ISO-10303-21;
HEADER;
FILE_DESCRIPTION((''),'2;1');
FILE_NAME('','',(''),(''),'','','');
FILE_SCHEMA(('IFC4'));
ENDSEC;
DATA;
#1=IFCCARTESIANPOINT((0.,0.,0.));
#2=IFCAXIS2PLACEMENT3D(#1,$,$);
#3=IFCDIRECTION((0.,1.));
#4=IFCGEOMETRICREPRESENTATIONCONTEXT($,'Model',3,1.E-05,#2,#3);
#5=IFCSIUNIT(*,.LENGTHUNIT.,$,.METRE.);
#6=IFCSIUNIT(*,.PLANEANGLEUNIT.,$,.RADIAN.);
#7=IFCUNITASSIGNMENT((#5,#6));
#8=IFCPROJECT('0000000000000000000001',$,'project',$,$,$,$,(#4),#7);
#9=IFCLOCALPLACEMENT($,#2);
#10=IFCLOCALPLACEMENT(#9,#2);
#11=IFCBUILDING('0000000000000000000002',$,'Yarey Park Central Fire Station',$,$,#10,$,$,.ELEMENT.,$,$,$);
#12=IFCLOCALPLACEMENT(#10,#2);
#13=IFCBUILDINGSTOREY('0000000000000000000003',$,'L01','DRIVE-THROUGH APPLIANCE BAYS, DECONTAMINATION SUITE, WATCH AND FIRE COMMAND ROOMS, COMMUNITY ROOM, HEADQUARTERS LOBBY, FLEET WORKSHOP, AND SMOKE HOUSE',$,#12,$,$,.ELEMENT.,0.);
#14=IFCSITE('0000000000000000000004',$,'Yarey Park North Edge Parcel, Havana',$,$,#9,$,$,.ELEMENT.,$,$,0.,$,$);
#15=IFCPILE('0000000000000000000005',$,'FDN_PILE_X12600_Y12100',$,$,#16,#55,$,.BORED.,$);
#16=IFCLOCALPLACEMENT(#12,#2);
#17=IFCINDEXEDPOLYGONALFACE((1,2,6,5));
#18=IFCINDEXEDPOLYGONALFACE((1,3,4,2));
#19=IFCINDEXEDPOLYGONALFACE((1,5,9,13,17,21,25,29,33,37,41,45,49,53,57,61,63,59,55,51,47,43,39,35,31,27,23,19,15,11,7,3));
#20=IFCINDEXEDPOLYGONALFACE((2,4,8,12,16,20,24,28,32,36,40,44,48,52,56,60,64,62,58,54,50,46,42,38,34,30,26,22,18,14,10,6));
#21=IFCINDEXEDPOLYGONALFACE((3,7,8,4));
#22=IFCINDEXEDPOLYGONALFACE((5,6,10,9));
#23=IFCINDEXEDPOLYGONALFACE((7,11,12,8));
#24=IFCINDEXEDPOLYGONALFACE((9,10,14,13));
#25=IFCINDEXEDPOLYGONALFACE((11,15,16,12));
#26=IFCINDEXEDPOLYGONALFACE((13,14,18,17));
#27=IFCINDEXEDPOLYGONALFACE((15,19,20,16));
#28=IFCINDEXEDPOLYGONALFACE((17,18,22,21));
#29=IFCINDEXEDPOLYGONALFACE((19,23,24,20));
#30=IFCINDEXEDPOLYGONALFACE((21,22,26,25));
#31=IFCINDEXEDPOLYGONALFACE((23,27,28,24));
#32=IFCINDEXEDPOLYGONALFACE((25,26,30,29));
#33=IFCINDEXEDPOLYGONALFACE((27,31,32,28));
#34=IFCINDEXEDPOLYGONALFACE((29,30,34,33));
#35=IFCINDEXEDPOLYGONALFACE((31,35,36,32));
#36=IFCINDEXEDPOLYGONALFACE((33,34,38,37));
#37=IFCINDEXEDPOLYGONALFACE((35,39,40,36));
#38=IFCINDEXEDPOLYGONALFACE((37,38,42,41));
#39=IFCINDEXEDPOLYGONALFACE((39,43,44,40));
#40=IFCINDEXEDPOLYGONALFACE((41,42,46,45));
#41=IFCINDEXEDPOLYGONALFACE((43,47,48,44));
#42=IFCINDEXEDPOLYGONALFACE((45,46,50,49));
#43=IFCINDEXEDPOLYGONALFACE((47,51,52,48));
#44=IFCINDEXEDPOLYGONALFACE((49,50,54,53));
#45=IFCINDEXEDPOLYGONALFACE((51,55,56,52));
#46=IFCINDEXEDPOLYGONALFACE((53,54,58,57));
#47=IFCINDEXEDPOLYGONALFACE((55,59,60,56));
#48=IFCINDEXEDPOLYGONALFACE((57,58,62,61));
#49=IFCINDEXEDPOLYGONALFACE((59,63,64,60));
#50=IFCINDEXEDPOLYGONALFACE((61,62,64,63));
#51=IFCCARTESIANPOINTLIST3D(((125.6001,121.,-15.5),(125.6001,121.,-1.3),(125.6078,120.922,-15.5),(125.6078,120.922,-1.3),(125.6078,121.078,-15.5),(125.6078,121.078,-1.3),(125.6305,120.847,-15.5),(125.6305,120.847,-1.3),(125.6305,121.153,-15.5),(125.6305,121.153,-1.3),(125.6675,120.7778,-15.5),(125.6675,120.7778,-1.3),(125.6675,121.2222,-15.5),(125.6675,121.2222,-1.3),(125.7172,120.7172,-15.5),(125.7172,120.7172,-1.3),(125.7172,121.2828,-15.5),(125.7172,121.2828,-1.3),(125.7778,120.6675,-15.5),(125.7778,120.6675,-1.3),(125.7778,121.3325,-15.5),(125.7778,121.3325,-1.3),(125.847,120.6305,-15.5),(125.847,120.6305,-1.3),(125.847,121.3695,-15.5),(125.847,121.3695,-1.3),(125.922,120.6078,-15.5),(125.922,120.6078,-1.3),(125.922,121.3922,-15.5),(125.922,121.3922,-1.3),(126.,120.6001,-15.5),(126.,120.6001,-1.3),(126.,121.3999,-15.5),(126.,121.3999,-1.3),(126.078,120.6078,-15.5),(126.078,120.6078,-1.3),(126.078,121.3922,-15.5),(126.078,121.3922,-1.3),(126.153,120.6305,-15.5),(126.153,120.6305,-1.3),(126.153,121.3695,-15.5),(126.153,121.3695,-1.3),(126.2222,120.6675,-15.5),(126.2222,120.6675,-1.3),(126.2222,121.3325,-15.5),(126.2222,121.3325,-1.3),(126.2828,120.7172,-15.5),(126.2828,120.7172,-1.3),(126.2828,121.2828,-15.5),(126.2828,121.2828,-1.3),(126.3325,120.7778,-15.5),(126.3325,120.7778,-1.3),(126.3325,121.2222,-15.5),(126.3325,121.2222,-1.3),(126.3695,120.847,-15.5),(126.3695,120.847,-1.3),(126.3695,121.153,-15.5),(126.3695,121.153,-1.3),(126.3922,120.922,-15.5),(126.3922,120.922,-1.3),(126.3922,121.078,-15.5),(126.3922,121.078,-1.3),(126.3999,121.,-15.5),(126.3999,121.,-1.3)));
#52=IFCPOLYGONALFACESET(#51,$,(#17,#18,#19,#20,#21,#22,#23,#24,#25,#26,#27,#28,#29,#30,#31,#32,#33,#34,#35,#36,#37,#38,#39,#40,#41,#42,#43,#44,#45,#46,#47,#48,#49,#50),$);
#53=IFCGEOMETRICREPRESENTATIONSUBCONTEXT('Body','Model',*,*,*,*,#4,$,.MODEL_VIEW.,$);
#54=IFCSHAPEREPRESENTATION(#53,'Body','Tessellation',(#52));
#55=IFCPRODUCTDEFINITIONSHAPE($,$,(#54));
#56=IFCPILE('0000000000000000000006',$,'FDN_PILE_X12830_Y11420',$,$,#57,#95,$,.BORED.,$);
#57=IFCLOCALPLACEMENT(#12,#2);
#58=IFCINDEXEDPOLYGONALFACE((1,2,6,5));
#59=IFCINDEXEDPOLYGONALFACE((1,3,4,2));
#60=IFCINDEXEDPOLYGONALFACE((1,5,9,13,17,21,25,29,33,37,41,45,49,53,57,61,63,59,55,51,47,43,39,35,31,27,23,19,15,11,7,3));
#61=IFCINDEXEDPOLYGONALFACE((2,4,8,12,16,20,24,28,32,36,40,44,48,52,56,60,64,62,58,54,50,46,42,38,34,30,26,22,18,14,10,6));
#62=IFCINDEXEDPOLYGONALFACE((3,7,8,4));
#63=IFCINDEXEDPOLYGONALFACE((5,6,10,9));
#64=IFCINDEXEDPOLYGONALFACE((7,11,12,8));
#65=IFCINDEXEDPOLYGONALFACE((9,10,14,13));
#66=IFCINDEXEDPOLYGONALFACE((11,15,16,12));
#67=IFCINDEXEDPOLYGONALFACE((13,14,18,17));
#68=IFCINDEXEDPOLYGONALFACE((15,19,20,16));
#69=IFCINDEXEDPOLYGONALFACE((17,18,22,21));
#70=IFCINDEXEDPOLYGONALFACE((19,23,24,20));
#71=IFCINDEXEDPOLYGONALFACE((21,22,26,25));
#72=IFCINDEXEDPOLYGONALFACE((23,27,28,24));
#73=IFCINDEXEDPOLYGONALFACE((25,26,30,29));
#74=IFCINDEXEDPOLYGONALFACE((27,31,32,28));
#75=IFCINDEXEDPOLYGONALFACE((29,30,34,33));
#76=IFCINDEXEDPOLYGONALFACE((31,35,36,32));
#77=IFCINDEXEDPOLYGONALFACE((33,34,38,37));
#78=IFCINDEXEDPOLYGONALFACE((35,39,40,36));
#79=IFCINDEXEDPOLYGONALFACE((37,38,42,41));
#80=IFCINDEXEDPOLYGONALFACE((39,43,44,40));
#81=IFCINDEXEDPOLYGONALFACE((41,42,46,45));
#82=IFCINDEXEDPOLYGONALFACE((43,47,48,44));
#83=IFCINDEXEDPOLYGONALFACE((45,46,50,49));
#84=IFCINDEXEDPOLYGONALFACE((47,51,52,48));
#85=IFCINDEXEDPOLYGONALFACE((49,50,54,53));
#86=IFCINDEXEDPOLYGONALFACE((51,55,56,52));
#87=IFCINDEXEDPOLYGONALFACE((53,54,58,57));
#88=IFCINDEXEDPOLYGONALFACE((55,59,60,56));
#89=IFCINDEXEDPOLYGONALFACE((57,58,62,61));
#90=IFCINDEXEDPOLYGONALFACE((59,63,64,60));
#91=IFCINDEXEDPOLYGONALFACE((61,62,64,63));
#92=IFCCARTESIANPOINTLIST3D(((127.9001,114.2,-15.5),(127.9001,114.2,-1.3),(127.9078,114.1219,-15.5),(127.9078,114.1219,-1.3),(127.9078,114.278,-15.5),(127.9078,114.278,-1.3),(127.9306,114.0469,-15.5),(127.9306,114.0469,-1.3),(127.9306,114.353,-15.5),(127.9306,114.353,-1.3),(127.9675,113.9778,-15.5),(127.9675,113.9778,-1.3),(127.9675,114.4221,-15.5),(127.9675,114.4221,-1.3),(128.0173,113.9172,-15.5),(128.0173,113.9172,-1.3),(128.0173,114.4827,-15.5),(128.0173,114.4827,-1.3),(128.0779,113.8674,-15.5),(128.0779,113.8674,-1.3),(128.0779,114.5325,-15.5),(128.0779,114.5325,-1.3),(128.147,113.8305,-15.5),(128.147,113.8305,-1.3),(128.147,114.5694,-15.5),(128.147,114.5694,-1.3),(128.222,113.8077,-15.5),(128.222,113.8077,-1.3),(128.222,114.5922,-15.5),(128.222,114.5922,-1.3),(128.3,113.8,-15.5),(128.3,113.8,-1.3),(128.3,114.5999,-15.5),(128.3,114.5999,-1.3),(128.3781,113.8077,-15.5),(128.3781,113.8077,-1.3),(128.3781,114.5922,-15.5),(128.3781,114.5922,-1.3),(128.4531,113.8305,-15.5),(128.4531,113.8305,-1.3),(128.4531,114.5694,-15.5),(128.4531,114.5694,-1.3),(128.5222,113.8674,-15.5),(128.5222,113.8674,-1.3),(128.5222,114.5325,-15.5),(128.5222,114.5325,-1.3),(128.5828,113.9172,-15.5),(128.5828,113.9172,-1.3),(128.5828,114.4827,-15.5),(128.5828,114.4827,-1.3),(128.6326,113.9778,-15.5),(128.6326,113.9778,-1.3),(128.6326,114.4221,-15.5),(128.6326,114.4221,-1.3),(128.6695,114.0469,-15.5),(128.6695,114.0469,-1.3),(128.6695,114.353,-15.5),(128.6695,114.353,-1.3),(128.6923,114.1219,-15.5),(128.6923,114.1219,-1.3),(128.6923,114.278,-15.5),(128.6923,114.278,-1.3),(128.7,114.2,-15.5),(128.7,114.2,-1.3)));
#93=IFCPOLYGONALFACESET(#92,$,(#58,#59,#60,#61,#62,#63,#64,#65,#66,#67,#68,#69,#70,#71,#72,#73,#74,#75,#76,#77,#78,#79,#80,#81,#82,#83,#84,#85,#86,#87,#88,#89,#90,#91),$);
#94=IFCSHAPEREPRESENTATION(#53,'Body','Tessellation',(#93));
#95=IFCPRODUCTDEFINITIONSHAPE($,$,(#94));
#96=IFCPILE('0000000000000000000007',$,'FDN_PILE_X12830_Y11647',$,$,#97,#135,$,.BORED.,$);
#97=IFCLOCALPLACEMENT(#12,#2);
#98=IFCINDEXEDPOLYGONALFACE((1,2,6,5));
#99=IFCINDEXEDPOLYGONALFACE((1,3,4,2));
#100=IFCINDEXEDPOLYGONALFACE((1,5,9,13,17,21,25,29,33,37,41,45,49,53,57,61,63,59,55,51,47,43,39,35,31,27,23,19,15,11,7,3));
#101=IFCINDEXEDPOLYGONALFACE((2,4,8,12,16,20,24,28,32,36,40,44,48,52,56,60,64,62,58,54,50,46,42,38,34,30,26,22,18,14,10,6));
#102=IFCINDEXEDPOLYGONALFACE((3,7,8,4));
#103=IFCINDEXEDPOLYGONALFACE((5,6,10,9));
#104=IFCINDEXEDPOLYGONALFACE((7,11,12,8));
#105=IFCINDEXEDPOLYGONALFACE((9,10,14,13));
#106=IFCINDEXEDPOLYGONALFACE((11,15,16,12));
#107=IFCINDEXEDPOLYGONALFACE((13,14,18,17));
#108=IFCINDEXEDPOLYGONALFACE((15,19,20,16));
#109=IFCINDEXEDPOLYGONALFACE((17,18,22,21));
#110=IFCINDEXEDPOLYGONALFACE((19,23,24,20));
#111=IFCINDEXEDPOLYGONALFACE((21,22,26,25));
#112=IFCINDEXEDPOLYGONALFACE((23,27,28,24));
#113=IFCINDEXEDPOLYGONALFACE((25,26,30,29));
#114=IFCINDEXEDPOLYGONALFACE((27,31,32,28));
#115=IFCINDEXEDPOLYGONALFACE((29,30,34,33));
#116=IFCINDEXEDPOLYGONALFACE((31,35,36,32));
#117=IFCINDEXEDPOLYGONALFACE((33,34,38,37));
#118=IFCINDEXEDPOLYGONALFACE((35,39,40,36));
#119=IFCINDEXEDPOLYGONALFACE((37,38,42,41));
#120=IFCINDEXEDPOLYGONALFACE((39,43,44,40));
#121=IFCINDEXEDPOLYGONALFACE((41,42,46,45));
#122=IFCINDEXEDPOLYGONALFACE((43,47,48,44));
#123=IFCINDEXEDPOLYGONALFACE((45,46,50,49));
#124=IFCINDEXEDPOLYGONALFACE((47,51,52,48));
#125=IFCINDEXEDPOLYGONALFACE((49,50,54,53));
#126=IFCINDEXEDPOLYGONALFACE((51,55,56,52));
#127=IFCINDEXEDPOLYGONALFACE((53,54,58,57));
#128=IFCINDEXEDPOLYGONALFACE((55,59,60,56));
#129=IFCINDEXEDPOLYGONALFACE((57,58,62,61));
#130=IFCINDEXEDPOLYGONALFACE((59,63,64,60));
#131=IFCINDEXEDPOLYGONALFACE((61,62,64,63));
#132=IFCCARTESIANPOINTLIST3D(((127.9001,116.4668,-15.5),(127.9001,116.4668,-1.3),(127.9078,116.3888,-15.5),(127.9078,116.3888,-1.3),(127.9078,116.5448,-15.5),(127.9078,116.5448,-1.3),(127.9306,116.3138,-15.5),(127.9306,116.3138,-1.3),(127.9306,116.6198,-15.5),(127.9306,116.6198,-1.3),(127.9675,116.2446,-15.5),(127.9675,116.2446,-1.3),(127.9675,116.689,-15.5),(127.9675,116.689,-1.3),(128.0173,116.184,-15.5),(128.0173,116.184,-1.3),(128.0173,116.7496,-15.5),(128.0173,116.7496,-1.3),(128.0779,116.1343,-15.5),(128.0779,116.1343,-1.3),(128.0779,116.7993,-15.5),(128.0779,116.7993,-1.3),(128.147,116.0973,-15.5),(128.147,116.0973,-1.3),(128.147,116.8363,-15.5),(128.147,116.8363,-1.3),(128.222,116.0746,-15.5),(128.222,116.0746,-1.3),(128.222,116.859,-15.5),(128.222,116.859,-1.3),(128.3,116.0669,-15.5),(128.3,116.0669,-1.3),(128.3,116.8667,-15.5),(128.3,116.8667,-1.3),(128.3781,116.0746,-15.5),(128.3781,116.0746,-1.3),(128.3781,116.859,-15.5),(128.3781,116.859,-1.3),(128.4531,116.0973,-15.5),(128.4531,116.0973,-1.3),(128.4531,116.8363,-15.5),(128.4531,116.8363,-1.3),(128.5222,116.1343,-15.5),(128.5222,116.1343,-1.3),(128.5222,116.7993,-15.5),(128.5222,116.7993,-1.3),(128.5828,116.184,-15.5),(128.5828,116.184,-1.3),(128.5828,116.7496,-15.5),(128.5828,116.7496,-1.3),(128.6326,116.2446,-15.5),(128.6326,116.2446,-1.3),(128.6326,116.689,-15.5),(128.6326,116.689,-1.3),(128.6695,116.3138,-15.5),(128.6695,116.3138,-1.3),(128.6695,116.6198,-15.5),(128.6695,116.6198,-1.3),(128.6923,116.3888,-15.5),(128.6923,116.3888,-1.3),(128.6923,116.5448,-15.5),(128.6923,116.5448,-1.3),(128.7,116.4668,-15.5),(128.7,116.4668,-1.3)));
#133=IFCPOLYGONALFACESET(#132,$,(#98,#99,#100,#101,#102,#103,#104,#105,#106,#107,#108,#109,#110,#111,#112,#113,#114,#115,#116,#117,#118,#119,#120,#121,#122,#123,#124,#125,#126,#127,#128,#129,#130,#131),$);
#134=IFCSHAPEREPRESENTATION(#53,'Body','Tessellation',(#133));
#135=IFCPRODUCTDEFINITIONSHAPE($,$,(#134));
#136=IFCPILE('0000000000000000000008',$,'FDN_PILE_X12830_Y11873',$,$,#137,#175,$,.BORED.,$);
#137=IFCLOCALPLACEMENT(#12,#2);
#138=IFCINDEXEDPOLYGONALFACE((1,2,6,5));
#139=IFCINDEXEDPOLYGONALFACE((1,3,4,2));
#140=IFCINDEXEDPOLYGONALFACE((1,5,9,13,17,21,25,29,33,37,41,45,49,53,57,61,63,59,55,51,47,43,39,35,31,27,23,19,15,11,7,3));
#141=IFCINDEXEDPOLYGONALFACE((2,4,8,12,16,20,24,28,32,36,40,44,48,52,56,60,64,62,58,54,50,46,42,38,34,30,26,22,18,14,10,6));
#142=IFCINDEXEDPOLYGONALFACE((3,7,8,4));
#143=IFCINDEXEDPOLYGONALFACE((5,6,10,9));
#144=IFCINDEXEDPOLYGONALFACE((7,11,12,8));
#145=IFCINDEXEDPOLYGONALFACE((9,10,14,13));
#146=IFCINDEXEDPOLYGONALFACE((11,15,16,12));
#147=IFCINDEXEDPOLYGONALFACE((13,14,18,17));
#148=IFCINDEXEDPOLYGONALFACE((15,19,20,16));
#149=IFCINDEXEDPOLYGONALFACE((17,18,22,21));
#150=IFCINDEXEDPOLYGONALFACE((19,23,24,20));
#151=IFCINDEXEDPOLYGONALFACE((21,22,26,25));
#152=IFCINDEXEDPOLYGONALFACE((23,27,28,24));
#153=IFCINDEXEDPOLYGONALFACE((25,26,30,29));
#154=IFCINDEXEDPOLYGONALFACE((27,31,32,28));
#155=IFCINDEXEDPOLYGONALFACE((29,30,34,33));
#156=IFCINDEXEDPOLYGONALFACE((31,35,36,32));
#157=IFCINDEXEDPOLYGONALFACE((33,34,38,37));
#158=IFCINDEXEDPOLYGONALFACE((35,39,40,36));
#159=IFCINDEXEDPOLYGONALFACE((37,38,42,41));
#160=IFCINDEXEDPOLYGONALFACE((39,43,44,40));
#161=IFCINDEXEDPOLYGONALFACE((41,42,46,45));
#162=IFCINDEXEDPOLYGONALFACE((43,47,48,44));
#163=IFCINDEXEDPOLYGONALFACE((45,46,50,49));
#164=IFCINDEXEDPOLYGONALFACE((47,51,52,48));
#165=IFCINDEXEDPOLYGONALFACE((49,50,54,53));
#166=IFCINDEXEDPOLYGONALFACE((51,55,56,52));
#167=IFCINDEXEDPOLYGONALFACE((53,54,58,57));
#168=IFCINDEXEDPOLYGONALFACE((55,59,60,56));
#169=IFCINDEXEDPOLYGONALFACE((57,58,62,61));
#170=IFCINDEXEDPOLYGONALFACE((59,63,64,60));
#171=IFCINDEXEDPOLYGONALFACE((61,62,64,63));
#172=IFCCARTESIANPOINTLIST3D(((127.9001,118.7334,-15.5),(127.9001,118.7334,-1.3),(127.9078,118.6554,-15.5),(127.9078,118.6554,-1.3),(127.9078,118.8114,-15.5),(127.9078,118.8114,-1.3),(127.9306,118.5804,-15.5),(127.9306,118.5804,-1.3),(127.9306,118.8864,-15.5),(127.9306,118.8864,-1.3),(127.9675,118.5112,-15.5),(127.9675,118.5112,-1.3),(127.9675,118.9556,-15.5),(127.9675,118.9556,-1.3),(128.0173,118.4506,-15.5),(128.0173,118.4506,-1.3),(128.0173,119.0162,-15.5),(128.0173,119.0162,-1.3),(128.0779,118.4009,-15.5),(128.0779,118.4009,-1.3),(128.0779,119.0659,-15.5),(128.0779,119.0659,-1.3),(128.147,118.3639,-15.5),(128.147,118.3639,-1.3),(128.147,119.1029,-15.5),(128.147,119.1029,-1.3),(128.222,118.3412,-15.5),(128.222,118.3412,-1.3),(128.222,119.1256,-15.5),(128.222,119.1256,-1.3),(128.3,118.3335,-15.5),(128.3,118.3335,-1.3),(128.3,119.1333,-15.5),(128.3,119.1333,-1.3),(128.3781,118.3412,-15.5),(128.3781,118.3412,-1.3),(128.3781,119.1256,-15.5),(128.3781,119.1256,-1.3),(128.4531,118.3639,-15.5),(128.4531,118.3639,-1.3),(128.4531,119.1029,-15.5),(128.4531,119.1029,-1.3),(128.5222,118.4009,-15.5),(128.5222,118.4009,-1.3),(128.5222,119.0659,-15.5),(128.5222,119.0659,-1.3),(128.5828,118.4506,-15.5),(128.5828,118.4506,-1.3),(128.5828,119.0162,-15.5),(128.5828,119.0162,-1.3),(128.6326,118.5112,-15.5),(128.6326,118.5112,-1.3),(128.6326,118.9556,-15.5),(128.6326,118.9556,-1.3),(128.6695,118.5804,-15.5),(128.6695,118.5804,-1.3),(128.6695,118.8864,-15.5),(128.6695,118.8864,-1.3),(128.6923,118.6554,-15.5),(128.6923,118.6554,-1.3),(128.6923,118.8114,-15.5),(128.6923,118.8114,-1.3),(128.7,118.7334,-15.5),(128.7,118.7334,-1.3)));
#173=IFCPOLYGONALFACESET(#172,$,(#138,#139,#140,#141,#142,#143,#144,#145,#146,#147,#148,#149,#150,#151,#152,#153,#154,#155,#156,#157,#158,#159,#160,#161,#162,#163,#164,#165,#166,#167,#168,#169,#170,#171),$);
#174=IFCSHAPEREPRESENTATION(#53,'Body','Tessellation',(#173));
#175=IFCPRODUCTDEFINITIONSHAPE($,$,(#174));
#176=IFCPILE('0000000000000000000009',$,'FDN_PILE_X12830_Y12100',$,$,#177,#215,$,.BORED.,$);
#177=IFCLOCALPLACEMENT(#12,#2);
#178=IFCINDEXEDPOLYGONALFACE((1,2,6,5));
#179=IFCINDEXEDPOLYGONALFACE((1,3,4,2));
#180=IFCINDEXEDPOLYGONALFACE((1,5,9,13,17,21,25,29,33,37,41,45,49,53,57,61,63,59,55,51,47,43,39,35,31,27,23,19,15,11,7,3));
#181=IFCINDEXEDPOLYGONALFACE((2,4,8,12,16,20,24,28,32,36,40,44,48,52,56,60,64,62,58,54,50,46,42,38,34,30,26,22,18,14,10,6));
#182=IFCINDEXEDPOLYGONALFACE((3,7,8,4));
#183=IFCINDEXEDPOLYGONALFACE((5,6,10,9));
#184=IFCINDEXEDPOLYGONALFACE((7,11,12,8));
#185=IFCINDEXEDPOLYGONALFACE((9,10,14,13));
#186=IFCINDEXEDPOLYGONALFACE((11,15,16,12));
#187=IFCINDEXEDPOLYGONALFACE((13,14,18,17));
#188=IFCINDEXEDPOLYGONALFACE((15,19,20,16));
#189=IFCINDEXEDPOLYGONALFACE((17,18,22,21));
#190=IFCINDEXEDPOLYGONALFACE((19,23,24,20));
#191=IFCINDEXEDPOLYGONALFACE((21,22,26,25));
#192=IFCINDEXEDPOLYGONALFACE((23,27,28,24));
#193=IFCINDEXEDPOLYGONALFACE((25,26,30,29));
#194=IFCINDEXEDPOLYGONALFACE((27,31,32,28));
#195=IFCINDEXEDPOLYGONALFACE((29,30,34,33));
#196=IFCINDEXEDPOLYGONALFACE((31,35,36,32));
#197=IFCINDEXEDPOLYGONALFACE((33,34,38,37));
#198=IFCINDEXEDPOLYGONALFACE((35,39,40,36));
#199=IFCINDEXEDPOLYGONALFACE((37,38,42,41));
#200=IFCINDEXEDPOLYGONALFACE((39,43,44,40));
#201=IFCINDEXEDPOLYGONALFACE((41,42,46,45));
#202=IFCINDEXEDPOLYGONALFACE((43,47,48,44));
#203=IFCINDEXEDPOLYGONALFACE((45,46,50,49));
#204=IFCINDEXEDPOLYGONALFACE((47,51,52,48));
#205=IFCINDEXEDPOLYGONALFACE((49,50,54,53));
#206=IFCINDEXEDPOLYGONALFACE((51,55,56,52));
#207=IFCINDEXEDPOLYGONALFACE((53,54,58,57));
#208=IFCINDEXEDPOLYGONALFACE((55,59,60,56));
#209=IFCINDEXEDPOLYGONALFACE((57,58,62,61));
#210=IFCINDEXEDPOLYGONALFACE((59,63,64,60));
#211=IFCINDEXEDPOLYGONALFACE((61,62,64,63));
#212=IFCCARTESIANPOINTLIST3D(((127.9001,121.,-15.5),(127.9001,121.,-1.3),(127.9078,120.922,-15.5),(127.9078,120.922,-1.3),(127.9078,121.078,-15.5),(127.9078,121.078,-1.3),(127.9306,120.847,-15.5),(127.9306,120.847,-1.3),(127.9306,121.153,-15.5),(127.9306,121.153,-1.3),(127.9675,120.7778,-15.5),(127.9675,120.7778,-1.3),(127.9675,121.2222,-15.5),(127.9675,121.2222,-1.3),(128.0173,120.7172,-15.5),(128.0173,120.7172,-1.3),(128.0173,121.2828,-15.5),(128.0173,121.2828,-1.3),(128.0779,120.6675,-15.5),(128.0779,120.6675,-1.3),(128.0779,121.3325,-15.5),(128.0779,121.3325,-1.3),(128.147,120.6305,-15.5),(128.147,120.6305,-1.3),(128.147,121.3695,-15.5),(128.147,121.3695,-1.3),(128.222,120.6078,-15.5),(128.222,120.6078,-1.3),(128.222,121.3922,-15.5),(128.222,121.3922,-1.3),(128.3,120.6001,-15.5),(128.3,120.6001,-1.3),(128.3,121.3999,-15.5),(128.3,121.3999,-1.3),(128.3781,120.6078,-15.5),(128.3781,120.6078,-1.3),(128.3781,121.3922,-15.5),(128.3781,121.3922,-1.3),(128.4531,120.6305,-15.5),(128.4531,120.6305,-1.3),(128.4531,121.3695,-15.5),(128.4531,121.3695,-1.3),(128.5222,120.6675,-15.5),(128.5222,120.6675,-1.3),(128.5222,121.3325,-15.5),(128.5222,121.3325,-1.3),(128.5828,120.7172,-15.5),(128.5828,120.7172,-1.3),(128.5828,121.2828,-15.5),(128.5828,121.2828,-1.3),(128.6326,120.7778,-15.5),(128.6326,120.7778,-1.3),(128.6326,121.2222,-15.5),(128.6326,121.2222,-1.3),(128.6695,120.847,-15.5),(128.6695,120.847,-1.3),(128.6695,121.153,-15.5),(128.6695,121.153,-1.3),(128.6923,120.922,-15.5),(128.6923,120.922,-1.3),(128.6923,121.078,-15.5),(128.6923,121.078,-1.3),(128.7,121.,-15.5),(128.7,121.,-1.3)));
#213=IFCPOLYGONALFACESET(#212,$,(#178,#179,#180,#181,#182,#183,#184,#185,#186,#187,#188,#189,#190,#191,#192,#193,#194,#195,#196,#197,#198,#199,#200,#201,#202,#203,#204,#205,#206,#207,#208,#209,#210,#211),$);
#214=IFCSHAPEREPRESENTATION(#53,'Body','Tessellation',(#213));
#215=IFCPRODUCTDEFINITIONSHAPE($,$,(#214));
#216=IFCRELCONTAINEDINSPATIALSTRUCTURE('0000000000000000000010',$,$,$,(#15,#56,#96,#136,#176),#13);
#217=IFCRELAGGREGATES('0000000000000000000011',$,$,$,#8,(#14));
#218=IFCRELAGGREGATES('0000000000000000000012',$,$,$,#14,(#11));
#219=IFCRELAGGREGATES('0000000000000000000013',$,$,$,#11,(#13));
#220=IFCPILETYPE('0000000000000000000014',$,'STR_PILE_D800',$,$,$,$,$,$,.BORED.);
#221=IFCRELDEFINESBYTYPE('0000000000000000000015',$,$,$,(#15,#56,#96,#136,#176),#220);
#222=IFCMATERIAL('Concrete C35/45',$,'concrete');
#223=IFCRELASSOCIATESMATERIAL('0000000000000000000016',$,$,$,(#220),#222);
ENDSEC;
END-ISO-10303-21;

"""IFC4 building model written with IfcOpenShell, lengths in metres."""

from ifc_helpers import new_model, si_unit, direction, frame, origin, origin_2d, place, context, subcontext, project, spatial, circle, extrude, material, material_profile, profile_set, type_object, element, save


model = new_model("IFC4")

# Units and contexts
model_context = context("Model", 3, precision=1e-05, world=origin(), true_north=direction((0.0, 1.0)))
body_context = subcontext(model_context, "Body", "Model", "MODEL_VIEW")
ifc_project = project(units=[si_unit("LENGTHUNIT", "METRE"), si_unit("PLANEANGLEUNIT", "RADIAN")], contexts=[model_context])

# Site, building, storey
site_placement = place(None, origin())
site = spatial("IfcSite", under=ifc_project, at=site_placement, Name="Yarey Park North Edge Parcel, Havana", CompositionType="ELEMENT", RefElevation=0.0)
building_placement = place(site_placement, origin())
building = spatial("IfcBuilding", under=site, at=building_placement, Name="Yarey Park Central Fire Station", CompositionType="ELEMENT")
storey_placement = place(building_placement, origin())
storey = spatial("IfcBuildingStorey", under=building, at=storey_placement, Name="L01", Description="DRIVE-THROUGH APPLIANCE BAYS, DECONTAMINATION SUITE, WATCH AND FIRE COMMAND ROOMS, COMMUNITY ROOM, HEADQUARTERS LOBBY, FLEET WORKSHOP, AND SMOKE HOUSE", CompositionType="ELEMENT", Elevation=0.0)

# Shared definitions
ifc_material_1 = material(Name="Concrete C35/45", Category="concrete")

# Piles
ifc_material_profile_1 = material_profile(ifc_material_1, circle(Radius=0.3999, at=origin_2d()), Name="BORED PILE D800")
ifc_profile_set_1 = profile_set([ifc_material_profile_1], Name="Concrete C35/45")
pile_type = type_object("IfcPileType", Name="STR_PILE_D800", PredefinedType="BORED", material=ifc_profile_set_1)
for number, where, z_axis, x_axis, name in (
    (1, (126.0, 121.0, -1.3), (0.0, 0.0, -1.0), (1.0, 0.0, 0.0), "FDN_PILE_X12600_Y12100"),
    (2, (128.3, 114.2, -1.3), (0.0, 0.0, -1.0), (1.0, 0.0, 0.0), "FDN_PILE_X12830_Y11420"),
    (3, (128.3, 116.4668, -1.3), (0.0, 0.0, -1.0), (1.0, 0.0, 0.0), "FDN_PILE_X12830_Y11647"),
    (4, (128.3, 118.7334, -1.3), (0.0, 0.0, -1.0), (1.0, 0.0, 0.0), "FDN_PILE_X12830_Y11873"),
    (5, (128.3, 121.0, -1.3), (0.0, 0.0, -1.0), (1.0, 0.0, 0.0), "FDN_PILE_X12830_Y12100"),
):
    element("IfcPile", number, at=place(storey_placement, frame(where, z_axis=z_axis, x_axis=x_axis)), inside=storey, type_object=pile_type, Name=name, PredefinedType="BORED", context=body_context, shape_type="SweptSolid", body=[
        extrude(circle(Radius=0.3999, at=origin_2d()), origin(), (0.0, 0.0, 1.0), 14.2),
    ])

save(model, "model.ifc")
